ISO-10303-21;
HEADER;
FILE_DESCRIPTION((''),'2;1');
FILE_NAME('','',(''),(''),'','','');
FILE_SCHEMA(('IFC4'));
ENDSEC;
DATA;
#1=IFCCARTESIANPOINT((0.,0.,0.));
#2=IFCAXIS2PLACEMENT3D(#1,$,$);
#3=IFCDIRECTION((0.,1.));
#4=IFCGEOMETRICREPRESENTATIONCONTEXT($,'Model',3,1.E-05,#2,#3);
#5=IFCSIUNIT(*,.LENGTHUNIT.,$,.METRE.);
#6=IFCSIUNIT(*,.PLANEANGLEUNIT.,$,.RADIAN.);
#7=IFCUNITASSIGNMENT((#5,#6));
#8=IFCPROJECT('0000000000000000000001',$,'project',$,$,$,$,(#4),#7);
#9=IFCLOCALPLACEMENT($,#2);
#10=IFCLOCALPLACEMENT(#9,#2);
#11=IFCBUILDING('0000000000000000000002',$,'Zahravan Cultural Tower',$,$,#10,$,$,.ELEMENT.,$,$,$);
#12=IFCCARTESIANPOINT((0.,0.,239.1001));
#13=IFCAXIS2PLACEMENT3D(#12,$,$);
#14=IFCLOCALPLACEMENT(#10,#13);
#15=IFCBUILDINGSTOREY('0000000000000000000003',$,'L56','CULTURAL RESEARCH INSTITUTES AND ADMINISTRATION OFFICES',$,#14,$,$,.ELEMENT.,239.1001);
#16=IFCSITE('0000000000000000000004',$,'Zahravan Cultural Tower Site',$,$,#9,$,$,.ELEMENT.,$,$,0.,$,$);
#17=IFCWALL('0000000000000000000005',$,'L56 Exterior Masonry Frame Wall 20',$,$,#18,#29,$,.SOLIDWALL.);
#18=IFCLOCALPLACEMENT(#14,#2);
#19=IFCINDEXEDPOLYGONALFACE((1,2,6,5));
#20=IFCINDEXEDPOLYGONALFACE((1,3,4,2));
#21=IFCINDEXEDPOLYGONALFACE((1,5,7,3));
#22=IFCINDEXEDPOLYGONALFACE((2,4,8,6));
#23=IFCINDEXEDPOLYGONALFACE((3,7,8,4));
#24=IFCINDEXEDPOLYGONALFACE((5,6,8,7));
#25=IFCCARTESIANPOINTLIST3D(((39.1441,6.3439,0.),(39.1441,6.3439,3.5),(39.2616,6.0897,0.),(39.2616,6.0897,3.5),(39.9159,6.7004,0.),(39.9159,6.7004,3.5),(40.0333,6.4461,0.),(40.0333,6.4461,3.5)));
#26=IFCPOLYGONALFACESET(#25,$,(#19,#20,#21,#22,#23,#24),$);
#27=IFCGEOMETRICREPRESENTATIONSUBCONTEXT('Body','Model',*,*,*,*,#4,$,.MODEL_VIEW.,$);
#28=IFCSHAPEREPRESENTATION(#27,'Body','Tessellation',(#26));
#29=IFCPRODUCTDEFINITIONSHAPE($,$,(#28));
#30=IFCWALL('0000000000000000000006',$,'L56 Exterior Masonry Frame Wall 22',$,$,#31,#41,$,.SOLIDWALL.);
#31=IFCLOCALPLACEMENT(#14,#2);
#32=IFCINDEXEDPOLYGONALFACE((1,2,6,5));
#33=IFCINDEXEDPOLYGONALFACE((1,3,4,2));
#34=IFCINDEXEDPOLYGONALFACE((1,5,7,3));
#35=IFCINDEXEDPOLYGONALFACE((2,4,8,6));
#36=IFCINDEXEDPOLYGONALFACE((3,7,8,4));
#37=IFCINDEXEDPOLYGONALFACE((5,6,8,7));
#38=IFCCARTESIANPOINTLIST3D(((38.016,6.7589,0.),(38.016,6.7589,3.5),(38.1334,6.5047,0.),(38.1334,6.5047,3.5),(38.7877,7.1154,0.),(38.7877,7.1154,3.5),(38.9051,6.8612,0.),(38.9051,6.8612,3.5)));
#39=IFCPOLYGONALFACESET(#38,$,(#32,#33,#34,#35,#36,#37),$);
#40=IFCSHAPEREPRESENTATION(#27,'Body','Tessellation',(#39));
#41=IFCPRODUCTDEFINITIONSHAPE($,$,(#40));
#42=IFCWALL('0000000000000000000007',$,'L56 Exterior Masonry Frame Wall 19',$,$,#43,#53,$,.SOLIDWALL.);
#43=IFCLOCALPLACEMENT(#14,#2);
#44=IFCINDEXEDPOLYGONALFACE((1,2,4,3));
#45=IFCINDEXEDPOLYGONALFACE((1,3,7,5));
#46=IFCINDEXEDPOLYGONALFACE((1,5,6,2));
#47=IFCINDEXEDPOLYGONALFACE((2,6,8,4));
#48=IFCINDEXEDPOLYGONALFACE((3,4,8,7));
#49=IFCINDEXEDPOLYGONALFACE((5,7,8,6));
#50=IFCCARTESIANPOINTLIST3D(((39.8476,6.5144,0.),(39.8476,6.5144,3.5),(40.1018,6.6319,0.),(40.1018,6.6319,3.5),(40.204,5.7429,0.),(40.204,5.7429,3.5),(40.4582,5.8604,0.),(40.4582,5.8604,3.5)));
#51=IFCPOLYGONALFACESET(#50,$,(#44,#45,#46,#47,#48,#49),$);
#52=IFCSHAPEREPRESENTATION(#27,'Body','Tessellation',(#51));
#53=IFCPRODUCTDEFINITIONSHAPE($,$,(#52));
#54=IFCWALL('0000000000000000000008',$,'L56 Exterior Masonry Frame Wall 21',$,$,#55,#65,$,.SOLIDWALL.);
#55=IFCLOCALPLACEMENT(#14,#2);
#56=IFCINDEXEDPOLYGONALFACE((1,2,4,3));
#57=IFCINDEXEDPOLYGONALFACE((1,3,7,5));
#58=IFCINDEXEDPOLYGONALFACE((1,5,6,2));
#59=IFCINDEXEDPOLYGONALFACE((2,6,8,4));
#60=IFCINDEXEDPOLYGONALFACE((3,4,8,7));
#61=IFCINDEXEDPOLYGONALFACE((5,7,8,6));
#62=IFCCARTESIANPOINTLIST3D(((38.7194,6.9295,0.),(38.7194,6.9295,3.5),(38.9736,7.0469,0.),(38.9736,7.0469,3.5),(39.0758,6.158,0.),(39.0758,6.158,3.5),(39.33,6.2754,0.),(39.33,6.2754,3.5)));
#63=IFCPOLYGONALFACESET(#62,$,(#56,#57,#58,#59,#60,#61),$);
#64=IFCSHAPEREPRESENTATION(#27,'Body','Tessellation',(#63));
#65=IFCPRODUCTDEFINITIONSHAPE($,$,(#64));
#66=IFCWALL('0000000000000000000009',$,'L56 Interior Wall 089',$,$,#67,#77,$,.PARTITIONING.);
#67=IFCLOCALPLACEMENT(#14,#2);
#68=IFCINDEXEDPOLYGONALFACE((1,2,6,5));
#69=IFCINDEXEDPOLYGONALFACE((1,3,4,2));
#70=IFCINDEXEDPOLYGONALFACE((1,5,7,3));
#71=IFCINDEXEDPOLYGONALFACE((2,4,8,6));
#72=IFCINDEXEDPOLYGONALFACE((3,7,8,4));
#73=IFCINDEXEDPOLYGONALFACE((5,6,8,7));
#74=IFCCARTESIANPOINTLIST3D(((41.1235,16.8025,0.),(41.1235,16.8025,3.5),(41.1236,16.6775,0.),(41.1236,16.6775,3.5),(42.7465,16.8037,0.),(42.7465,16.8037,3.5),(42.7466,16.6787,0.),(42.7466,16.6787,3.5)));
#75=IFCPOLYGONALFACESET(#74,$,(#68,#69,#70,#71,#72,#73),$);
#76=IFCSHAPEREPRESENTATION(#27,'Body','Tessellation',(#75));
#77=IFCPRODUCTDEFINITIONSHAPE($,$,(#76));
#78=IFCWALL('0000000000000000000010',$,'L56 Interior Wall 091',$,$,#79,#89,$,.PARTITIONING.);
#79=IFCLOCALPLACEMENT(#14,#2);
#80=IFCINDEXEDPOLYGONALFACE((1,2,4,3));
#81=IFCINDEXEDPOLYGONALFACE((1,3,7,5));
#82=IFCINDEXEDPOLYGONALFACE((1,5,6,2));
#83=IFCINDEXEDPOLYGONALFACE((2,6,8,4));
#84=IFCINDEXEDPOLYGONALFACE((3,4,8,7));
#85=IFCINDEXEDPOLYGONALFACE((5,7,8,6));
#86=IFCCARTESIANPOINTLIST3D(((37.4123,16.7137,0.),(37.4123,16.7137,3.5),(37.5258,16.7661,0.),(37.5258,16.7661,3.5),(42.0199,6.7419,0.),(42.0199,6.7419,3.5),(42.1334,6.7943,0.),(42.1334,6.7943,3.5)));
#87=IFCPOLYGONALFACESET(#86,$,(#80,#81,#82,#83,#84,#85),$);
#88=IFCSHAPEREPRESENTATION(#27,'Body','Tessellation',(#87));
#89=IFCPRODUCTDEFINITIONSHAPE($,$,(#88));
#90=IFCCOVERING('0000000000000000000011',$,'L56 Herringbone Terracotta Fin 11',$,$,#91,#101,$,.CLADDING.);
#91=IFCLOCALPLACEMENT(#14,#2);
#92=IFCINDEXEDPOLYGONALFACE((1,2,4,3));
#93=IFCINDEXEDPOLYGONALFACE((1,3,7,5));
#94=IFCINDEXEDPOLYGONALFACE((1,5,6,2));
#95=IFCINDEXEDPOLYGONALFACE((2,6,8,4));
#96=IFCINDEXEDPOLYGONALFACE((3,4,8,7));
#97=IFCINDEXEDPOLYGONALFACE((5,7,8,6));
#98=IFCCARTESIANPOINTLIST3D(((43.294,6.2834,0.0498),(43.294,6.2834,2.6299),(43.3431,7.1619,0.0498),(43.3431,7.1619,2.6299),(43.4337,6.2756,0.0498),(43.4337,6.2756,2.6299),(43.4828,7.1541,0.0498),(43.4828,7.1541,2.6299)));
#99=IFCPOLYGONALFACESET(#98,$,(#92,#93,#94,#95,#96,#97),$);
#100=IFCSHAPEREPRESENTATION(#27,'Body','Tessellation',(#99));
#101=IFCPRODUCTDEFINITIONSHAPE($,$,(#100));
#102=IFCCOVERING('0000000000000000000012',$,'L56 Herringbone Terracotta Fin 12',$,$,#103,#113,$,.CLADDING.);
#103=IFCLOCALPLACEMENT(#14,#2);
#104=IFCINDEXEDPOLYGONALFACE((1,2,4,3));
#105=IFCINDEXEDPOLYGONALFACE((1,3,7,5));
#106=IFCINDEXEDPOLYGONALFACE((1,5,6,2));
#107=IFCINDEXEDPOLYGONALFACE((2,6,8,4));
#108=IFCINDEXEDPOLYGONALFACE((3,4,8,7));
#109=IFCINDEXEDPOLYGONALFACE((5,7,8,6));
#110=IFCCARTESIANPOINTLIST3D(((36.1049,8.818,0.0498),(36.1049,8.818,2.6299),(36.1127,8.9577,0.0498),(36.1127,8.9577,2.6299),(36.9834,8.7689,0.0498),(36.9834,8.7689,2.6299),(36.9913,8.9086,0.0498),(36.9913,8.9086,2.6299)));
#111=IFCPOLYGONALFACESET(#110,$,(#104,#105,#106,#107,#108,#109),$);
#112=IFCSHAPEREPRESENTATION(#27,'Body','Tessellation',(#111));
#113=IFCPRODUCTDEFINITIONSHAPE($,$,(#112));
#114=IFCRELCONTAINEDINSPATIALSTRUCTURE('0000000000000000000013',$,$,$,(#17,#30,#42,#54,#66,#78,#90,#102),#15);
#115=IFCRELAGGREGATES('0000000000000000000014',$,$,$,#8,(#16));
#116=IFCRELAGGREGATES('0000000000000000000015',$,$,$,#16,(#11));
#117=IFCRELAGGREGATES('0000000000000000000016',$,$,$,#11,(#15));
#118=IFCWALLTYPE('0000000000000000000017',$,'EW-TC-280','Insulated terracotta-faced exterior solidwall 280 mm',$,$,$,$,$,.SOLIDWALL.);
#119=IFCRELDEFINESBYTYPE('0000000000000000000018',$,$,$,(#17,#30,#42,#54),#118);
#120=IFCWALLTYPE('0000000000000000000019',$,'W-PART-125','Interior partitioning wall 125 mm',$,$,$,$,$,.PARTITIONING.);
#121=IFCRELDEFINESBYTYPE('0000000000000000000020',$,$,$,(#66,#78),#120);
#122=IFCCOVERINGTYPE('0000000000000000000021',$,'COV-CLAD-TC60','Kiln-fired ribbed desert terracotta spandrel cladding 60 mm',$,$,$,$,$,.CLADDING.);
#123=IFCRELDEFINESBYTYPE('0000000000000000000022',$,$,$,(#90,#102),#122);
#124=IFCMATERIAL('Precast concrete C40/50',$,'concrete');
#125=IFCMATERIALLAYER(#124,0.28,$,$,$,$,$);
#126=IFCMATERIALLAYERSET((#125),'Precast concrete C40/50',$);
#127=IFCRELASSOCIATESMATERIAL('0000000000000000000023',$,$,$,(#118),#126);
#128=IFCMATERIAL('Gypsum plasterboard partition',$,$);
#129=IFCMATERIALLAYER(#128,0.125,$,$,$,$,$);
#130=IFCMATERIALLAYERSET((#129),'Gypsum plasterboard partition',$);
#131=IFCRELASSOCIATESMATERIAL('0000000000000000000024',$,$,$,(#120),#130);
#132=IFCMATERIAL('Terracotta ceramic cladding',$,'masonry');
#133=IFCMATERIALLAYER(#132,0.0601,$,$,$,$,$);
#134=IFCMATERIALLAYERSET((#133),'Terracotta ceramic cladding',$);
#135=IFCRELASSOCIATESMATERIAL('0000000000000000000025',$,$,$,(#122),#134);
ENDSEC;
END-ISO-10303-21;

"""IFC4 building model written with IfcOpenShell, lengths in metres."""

from ifc_helpers import new_model, si_unit, direction, frame, frame_2d, origin, origin_2d, place, context, subcontext, project, spatial, rectangle, extrude, source, transform, mapped, material, layer, layer_set, type_object, element, save


model = new_model("IFC4")

# Units and contexts
model_context = context("Model", 3, precision=1e-05, world=origin(), true_north=direction((0.0, 1.0)))
body_context = subcontext(model_context, "Body", "Model", "MODEL_VIEW")
ifc_project = project(units=[si_unit("LENGTHUNIT", "METRE"), si_unit("PLANEANGLEUNIT", "RADIAN")], contexts=[model_context])

# Site, building, storey
site_placement = place(None, origin())
site = spatial("IfcSite", under=ifc_project, at=site_placement, Name="Zahravan Cultural Tower Site", CompositionType="ELEMENT", RefElevation=0.0)
building_placement = place(site_placement, origin())
building = spatial("IfcBuilding", under=site, at=building_placement, Name="Zahravan Cultural Tower", CompositionType="ELEMENT")
storey_placement = place(building_placement, frame((0.0, 0.0, 239.1001)))
storey = spatial("IfcBuildingStorey", under=building, at=storey_placement, Name="L56", Description="CULTURAL RESEARCH INSTITUTES AND ADMINISTRATION OFFICES", CompositionType="ELEMENT", Elevation=239.1001)

# Shared definitions
ifc_material_1 = material(Name="Precast concrete C40/50", Category="concrete")
ifc_layer_1 = layer(ifc_material_1, 0.28)
ifc_layer_set_1 = layer_set([ifc_layer_1], Name="Precast concrete C40/50")
wall_type_1 = type_object("IfcWallType", Name="EW-TC-280", Description="Insulated terracotta-faced exterior solidwall 280 mm", PredefinedType="SOLIDWALL", material=ifc_layer_set_1)

# Shared definitions
ifc_material_2 = material(Name="Gypsum plasterboard partition")
ifc_layer_2 = layer(ifc_material_2, 0.125)
ifc_layer_set_2 = layer_set([ifc_layer_2], Name="Gypsum plasterboard partition")
wall_type_2 = type_object("IfcWallType", Name="W-PART-125", Description="Interior partitioning wall 125 mm", PredefinedType="PARTITIONING", material=ifc_layer_set_2)

# Walls
shared_shape_1 = source(origin(), body_context, "Body", "SweptSolid", [
    extrude(rectangle(XDim=0.8501, YDim=0.28, at=frame_2d((0.425, 0.0))), origin(), (0.0, 0.0, 1.0), 3.5),
])
for number, where, z_axis, x_axis, name in (
    (1, (39.9746, 6.5732, 0.0), (0.0, 0.0, 1.0), (-0.907842, -0.419313, 0.0), "L56 Exterior Masonry Frame Wall 20"),
    (2, (38.8464, 6.9883, 0.0), (0.0, 0.0, 1.0), (-0.907842, -0.419313, 0.0), "L56 Exterior Masonry Frame Wall 22"),
):
    element("IfcWall", number, at=place(storey_placement, frame(where, z_axis=z_axis, x_axis=x_axis)), inside=storey, type_object=wall_type_1, Name=name, PredefinedType="SOLIDWALL", context=body_context, shape_type="MappedRepresentation", body=[
        mapped(shared_shape_1, transform((0.0, 0.0, 0.0), x_axis=(1.0, 0.0, 0.0), y_axis=(0.0, 1.0, 0.0), z_axis=(0.0, 0.0, 1.0), scale=1.0)),
    ])
shared_shape_2 = source(origin(), body_context, "Body", "SweptSolid", [
    extrude(rectangle(XDim=0.8499, YDim=0.28, at=frame_2d((0.4248, 0.0))), origin(), (0.0, 0.0, 1.0), 3.5),
])
for number, where, z_axis, x_axis, name in (
    (3, (40.3311, 5.8018, 0.0), (0.0, 0.0, 1.0), (-0.419422, 0.907791, 0.0), "L56 Exterior Masonry Frame Wall 19"),
    (4, (39.2029, 6.2168, 0.0), (0.0, 0.0, 1.0), (-0.419422, 0.907791, 0.0), "L56 Exterior Masonry Frame Wall 21"),
):
    element("IfcWall", number, at=place(storey_placement, frame(where, z_axis=z_axis, x_axis=x_axis)), inside=storey, type_object=wall_type_1, Name=name, PredefinedType="SOLIDWALL", context=body_context, shape_type="MappedRepresentation", body=[
        mapped(shared_shape_2, transform((0.0, 0.0, 0.0), x_axis=(1.0, 0.0, 0.0), y_axis=(0.0, 1.0, 0.0), z_axis=(0.0, 0.0, 1.0), scale=1.0)),
    ])
shared_shape_3 = source(origin(), body_context, "Body", "SweptSolid", [
    extrude(rectangle(XDim=1.623, YDim=0.125, at=frame_2d((0.8115, 0.0))), origin(), (0.0, 0.0, 1.0), 3.5),
])
wall_1_placement = place(storey_placement, frame((41.1235, 16.74, 0.0), z_axis=(0.0, 0.0, 1.0), x_axis=(1.0, 0.000752, 0.0)))
element("IfcWall", 5, at=wall_1_placement, inside=storey, type_object=wall_type_2, Name="L56 Interior Wall 089", PredefinedType="PARTITIONING", context=body_context, shape_type="MappedRepresentation", body=[
    mapped(shared_shape_3, transform((0.0, 0.0, 0.0), x_axis=(1.0, 0.0, 0.0), y_axis=(0.0, 1.0, 0.0), z_axis=(0.0, 0.0, 1.0), scale=1.0)),
])
shared_shape_4 = source(origin(), body_context, "Body", "SweptSolid", [
    extrude(rectangle(XDim=10.9849, YDim=0.125, at=frame_2d((5.4924, 0.0))), origin(), (0.0, 0.0, 1.0), 3.5),
])
wall_2_placement = place(storey_placement, frame((42.0767, 6.7681, 0.0), z_axis=(0.0, 0.0, 1.0), x_axis=(-0.419451, 0.907778, 0.0)))
element("IfcWall", 6, at=wall_2_placement, inside=storey, type_object=wall_type_2, Name="L56 Interior Wall 091", PredefinedType="PARTITIONING", context=body_context, shape_type="MappedRepresentation", body=[
    mapped(shared_shape_4, transform((0.0, 0.0, 0.0), x_axis=(1.0, 0.0, 0.0), y_axis=(0.0, 1.0, 0.0), z_axis=(0.0, 0.0, 1.0), scale=1.0)),
])

# Coverings
ifc_material_3 = material(Name="Terracotta ceramic cladding", Category="masonry")
ifc_layer_3 = layer(ifc_material_3, 0.0601)
ifc_layer_set_3 = layer_set([ifc_layer_3], Name="Terracotta ceramic cladding")
covering_type = type_object("IfcCoveringType", Name="COV-CLAD-TC60", Description="Kiln-fired ribbed desert terracotta spandrel cladding 60 mm", PredefinedType="CLADDING", material=ifc_layer_set_3)
shared_shape_5 = source(origin(), body_context, "Body", "SweptSolid", [
    extrude(rectangle(XDim=0.8799, YDim=0.1399, at=origin_2d()), origin(), (0.0, 0.0, 1.0), 2.5801),
])
for number, where, z_axis, x_axis, name in (
    (7, (43.3884, 6.7188, 0.0498), (0.0, 0.0, 1.0), (-0.055822, -0.998441, 0.0), "L56 Herringbone Terracotta Fin 11"),
    (8, (36.5481, 8.8633, 0.0498), (0.0, 0.0, 1.0), (-0.998441, 0.055822, 0.0), "L56 Herringbone Terracotta Fin 12"),
):
    element("IfcCovering", number, at=place(storey_placement, frame(where, z_axis=z_axis, x_axis=x_axis)), inside=storey, type_object=covering_type, Name=name, PredefinedType="CLADDING", context=body_context, shape_type="MappedRepresentation", body=[
        mapped(shared_shape_5, transform((0.0, 0.0, 0.0), x_axis=(1.0, 0.0, 0.0), y_axis=(0.0, 1.0, 0.0), z_axis=(0.0, 0.0, 1.0), scale=1.0)),
    ])

save(model, "model.ifc")
